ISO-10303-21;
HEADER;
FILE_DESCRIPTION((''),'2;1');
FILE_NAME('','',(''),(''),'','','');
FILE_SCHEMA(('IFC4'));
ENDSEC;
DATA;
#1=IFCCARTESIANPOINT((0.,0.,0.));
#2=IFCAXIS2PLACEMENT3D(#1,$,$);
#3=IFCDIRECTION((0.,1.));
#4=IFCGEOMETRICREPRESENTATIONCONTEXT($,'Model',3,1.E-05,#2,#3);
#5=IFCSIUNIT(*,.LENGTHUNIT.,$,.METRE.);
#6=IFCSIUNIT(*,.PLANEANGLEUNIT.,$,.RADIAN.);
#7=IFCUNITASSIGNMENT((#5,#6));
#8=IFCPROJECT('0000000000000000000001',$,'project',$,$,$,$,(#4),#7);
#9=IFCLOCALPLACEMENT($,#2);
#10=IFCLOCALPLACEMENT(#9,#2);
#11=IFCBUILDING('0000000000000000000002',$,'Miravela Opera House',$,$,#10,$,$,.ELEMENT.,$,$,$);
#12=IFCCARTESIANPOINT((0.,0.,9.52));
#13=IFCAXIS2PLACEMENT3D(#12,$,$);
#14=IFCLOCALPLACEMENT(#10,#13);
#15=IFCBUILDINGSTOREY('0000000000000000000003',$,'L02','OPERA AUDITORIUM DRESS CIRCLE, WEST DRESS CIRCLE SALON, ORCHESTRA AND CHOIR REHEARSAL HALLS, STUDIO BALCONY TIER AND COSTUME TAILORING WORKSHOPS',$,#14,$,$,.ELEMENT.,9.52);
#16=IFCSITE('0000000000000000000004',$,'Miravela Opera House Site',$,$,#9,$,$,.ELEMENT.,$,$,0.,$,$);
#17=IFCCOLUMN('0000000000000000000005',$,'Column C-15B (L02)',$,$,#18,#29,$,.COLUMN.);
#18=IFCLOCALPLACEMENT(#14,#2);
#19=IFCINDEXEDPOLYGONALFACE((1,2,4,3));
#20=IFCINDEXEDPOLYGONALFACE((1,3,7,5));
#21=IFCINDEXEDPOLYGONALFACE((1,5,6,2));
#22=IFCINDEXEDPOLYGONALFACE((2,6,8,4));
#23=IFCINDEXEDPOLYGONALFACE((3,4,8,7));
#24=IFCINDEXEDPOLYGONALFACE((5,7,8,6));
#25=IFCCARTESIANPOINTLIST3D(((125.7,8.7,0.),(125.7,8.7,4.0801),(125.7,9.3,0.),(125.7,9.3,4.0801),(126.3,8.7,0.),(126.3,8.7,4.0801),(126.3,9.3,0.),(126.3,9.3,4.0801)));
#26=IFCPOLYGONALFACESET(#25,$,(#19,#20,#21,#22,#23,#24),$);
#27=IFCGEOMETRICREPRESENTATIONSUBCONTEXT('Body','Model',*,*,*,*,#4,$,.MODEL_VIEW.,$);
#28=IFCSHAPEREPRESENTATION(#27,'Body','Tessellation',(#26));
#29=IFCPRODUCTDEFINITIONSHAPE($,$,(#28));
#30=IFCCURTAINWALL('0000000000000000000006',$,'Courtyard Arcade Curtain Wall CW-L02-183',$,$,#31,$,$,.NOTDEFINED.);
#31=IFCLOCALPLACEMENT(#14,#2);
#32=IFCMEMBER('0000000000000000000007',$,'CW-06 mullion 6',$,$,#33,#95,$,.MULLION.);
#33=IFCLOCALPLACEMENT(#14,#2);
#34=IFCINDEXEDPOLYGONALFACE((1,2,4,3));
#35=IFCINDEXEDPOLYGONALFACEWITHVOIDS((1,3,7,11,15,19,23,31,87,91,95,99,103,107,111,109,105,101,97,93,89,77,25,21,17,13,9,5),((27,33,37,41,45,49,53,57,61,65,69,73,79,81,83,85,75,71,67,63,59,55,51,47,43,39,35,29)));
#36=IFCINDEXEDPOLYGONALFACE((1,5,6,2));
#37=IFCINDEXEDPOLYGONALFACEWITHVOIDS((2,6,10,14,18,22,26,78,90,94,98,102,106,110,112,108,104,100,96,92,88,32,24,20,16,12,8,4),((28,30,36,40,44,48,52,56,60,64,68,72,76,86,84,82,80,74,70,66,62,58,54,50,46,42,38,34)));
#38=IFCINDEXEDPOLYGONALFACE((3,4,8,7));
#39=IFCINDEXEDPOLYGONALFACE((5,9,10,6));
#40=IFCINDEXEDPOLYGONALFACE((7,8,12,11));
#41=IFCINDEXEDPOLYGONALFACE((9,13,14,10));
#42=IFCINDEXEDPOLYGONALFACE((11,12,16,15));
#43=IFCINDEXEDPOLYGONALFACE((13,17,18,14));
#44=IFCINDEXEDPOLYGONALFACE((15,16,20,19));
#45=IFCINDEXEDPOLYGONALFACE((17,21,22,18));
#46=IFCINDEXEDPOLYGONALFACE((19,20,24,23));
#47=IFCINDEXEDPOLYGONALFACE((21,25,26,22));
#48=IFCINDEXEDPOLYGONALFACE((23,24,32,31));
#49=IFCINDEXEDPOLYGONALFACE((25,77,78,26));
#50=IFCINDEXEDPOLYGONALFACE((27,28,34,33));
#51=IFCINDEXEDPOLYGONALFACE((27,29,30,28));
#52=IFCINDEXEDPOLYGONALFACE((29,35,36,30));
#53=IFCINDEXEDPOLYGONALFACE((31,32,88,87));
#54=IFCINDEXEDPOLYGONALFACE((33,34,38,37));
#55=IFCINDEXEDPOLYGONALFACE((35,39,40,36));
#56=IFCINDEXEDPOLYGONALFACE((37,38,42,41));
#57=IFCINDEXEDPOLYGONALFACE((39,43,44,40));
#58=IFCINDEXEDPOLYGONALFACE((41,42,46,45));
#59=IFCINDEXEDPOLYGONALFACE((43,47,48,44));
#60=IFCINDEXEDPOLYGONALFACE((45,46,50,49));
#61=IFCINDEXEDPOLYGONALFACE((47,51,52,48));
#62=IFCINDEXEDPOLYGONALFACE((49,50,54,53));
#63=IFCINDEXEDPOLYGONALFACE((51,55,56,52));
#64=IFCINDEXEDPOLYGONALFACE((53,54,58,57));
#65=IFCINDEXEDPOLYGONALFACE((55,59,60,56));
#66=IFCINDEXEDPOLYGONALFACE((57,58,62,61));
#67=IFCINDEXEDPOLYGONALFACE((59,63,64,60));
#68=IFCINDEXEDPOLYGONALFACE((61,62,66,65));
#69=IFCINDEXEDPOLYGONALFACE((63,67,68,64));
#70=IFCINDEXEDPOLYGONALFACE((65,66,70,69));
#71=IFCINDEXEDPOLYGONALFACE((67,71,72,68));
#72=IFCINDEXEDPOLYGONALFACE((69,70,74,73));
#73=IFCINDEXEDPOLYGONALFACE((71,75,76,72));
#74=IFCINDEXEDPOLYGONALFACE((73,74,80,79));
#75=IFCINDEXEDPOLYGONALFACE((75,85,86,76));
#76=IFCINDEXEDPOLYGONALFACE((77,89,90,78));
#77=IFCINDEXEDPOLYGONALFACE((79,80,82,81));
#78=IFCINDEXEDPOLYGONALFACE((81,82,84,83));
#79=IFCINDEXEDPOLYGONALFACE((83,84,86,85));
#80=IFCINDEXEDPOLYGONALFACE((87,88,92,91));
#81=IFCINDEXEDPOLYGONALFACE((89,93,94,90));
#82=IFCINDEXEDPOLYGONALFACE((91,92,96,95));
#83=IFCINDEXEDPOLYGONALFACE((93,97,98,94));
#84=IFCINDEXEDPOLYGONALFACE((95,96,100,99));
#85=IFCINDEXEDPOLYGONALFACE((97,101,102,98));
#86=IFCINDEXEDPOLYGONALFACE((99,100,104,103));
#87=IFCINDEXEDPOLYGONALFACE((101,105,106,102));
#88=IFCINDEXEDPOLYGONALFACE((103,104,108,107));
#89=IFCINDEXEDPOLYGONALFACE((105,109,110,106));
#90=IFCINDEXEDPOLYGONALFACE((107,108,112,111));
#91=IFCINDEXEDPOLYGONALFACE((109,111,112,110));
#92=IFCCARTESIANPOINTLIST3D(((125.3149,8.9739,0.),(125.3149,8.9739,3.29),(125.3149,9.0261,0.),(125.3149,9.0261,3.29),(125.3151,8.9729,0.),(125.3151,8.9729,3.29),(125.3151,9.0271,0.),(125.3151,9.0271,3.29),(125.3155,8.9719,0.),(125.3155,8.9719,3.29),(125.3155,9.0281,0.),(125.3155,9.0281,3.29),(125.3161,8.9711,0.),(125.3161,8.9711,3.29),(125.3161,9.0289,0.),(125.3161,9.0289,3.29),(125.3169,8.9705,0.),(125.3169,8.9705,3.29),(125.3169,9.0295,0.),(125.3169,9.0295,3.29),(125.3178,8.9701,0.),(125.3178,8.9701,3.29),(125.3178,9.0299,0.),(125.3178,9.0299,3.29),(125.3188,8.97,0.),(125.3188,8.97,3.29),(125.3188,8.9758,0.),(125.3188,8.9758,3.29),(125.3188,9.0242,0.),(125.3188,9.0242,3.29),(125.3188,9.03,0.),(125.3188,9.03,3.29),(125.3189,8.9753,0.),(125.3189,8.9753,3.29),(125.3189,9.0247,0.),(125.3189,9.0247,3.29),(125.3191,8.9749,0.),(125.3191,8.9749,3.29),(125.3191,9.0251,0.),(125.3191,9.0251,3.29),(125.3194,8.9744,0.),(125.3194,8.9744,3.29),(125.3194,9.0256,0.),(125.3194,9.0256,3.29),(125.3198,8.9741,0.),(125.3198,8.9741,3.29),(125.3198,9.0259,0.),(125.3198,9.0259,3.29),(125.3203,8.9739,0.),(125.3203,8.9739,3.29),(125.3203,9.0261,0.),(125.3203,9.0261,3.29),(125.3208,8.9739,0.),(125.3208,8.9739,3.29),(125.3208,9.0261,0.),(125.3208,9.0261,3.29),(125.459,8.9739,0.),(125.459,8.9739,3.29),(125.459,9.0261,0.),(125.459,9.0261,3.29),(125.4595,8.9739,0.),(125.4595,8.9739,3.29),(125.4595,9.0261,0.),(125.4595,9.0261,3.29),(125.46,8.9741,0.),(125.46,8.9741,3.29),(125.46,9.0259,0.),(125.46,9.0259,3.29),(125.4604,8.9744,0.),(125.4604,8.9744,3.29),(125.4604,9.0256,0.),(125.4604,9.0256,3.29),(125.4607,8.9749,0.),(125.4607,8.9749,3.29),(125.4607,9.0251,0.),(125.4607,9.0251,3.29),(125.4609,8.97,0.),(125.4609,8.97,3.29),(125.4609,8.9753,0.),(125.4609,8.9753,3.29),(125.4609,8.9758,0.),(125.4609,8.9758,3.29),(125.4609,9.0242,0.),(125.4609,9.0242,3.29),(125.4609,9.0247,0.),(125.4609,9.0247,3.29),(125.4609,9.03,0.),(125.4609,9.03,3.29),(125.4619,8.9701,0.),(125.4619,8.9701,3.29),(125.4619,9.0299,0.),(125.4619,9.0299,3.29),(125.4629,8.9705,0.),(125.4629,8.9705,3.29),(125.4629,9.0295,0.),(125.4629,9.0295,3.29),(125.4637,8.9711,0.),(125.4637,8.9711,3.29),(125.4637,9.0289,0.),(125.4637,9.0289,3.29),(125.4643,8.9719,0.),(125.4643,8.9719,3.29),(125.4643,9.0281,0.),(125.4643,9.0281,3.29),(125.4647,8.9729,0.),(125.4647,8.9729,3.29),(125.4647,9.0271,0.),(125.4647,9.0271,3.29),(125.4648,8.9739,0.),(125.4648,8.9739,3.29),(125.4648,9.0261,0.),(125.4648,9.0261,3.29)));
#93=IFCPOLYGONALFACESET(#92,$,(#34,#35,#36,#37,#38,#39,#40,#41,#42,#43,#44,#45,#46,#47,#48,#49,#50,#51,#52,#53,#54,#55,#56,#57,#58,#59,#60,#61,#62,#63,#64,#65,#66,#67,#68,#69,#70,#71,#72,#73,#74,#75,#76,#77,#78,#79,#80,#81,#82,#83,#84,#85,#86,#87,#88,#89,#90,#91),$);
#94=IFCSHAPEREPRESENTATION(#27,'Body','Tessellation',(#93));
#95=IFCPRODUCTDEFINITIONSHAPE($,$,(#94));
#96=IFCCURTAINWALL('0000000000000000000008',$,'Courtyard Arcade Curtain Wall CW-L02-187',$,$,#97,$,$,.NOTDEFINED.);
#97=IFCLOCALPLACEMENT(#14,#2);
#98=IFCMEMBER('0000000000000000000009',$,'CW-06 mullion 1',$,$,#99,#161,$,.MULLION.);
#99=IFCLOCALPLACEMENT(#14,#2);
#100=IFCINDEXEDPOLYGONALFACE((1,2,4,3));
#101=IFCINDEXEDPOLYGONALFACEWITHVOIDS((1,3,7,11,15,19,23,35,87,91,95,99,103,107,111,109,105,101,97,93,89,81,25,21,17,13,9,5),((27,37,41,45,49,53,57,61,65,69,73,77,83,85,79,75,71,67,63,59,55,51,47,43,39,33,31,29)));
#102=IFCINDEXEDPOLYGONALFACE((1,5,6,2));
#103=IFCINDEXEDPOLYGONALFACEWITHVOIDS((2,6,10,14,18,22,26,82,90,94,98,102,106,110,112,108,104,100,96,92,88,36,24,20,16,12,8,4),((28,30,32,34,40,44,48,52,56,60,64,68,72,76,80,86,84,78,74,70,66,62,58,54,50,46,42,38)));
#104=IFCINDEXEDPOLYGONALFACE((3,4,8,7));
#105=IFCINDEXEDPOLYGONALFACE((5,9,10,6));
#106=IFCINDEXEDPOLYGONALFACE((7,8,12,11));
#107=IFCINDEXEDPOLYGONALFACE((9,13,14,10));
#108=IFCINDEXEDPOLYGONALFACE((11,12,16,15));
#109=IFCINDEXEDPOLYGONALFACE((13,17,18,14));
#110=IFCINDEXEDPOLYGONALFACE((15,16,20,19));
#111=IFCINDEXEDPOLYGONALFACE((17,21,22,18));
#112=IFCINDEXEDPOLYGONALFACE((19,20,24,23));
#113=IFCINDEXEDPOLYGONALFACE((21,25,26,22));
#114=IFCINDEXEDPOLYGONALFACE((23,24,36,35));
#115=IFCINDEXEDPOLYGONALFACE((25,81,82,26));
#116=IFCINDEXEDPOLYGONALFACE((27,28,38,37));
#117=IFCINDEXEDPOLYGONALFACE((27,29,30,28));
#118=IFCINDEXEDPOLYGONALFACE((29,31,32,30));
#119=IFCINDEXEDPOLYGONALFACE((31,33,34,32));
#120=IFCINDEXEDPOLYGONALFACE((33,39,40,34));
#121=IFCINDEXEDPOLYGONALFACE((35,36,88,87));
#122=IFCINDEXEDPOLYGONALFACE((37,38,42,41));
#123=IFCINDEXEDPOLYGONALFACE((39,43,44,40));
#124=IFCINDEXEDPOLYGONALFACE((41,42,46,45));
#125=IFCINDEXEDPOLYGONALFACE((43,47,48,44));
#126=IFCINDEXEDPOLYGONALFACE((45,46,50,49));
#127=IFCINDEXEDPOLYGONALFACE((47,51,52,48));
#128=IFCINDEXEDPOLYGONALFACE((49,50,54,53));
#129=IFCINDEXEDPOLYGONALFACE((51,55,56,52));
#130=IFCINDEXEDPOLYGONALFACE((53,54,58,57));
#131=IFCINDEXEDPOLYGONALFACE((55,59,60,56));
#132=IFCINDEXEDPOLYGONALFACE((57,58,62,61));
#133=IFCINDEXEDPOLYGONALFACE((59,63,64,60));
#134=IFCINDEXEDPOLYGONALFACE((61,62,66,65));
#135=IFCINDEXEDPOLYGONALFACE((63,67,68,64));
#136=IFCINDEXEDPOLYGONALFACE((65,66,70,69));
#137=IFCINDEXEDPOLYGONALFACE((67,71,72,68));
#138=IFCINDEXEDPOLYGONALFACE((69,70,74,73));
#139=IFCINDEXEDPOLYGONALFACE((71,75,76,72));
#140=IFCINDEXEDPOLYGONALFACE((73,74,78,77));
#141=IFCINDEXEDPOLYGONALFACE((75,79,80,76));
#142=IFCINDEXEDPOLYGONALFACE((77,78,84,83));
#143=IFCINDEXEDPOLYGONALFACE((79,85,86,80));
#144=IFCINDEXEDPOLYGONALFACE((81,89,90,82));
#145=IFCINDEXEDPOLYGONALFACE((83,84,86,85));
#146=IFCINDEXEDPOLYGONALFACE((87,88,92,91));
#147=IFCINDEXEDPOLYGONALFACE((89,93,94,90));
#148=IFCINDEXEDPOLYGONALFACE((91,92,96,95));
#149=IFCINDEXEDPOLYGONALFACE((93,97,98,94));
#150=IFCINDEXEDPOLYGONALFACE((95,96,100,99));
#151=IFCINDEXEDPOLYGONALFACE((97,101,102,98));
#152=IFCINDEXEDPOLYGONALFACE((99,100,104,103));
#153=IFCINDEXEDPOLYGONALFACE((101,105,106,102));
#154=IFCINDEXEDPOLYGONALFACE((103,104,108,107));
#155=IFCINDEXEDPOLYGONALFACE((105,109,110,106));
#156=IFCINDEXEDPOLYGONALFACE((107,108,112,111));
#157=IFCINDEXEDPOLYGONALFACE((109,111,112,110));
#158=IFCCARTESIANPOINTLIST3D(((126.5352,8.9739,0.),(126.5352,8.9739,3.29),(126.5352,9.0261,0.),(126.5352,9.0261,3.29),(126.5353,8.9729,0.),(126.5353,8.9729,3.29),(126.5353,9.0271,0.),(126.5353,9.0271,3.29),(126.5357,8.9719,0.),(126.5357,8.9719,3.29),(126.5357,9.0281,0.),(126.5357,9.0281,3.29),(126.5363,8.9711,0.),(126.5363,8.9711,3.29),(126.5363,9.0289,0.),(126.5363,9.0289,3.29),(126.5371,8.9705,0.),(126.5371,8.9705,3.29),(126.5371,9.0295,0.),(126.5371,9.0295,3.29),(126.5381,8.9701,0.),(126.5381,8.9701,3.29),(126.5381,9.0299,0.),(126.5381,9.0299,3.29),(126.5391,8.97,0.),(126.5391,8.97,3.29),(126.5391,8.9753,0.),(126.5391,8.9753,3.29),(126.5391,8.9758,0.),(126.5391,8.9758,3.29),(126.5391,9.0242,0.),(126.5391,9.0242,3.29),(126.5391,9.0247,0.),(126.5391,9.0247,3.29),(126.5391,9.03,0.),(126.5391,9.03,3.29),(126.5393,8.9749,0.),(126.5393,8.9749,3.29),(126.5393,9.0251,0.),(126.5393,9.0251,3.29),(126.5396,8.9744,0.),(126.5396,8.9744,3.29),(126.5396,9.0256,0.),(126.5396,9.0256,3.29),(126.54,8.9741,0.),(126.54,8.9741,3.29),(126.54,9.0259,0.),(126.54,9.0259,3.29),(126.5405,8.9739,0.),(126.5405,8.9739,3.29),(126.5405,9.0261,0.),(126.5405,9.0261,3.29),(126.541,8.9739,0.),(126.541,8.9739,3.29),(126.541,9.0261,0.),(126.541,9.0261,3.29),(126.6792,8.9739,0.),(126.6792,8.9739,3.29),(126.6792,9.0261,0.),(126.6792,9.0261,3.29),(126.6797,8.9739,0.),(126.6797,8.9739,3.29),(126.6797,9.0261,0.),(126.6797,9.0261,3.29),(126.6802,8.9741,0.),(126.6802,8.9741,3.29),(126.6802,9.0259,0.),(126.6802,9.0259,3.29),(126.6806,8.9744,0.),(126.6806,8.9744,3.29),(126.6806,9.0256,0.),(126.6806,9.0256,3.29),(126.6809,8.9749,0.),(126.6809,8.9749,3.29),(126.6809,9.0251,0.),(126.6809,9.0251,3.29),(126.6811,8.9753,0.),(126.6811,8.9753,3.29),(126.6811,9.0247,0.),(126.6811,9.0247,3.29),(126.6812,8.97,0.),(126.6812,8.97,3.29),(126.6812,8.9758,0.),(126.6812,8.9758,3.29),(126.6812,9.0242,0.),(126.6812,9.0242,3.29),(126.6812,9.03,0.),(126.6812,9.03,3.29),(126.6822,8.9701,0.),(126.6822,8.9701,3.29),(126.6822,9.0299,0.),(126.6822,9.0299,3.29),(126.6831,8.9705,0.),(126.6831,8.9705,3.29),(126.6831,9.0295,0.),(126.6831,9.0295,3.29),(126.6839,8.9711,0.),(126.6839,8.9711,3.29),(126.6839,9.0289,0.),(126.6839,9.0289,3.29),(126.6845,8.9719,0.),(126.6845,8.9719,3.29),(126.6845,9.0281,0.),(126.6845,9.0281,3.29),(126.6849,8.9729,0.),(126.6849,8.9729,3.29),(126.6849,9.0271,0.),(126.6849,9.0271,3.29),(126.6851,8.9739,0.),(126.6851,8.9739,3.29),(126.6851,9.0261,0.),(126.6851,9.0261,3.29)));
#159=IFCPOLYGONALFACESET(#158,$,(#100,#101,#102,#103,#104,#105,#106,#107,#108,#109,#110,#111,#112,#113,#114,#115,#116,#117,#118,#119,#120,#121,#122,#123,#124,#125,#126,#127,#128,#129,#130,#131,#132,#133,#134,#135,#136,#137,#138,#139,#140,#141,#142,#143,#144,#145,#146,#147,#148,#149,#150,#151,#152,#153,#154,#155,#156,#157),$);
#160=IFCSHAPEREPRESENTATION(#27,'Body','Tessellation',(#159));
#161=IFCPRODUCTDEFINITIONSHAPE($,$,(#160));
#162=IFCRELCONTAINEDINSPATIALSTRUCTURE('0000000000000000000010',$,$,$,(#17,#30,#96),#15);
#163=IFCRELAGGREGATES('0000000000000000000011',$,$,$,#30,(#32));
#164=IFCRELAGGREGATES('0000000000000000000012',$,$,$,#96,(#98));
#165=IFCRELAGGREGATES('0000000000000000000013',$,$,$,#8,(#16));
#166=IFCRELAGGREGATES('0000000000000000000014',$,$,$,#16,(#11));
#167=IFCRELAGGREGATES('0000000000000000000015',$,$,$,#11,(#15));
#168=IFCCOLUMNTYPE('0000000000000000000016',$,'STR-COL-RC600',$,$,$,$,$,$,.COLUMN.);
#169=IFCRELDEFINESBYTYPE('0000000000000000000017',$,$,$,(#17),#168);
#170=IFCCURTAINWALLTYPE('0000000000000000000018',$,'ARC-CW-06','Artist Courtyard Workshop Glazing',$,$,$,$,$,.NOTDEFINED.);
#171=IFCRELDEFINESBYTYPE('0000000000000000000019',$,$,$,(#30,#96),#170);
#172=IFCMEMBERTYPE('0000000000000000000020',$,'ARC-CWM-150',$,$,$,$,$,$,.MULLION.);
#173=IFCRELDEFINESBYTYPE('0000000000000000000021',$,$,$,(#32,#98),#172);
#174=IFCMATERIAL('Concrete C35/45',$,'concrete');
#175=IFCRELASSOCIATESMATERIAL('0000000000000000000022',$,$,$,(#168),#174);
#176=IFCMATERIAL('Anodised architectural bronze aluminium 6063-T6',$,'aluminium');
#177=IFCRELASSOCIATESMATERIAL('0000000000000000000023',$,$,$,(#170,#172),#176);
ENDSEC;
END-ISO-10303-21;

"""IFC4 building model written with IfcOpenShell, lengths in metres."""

from ifc_helpers import new_model, si_unit, direction, frame, origin, origin_2d, place, context, subcontext, project, spatial, rectangle, hollow_rectangle, extrude, material, material_profile, profile_set, type_object, element, aggregate, save


model = new_model("IFC4")

# Units and contexts
model_context = context("Model", 3, precision=1e-05, world=origin(), true_north=direction((0.0, 1.0)))
body_context = subcontext(model_context, "Body", "Model", "MODEL_VIEW")
ifc_project = project(units=[si_unit("LENGTHUNIT", "METRE"), si_unit("PLANEANGLEUNIT", "RADIAN")], contexts=[model_context])

# Site, building, storey
site_placement = place(None, origin())
site = spatial("IfcSite", under=ifc_project, at=site_placement, Name="Miravela Opera House Site", CompositionType="ELEMENT", RefElevation=0.0)
building_placement = place(site_placement, origin())
building = spatial("IfcBuilding", under=site, at=building_placement, Name="Miravela Opera House", CompositionType="ELEMENT")
storey_placement = place(building_placement, frame((0.0, 0.0, 9.52)))
storey = spatial("IfcBuildingStorey", under=building, at=storey_placement, Name="L02", Description="OPERA AUDITORIUM DRESS CIRCLE, WEST DRESS CIRCLE SALON, ORCHESTRA AND CHOIR REHEARSAL HALLS, STUDIO BALCONY TIER AND COSTUME TAILORING WORKSHOPS", CompositionType="ELEMENT", Elevation=9.52)

# Column
ifc_material_1 = material(Name="Concrete C35/45", Category="concrete")
ifc_material_profile_1 = material_profile(ifc_material_1, rectangle(XDim=0.6001, YDim=0.6001, at=origin_2d()), Name="RC-COL-600X600")
ifc_profile_set_1 = profile_set([ifc_material_profile_1])
column_type = type_object("IfcColumnType", Name="STR-COL-RC600", PredefinedType="COLUMN", material=ifc_profile_set_1)
column_placement = place(storey_placement, frame((126.0, 9.0, 0.0), z_axis=(0.0, 0.0, 1.0), x_axis=(1.0, 0.0, 0.0)))
element("IfcColumn", 1, at=column_placement, inside=storey, type_object=column_type, Name="Column C-15B (L02)", PredefinedType="COLUMN", context=body_context, shape_type="SweptSolid", body=[
    extrude(rectangle(XDim=0.6001, YDim=0.6001, at=origin_2d()), origin(), (0.0, 0.0, 1.0), 4.0801),
])

# Curtain wall, member
ifc_material_2 = material(Name="Anodised architectural bronze aluminium 6063-T6", Category="aluminium")
curtain_wall_type = type_object("IfcCurtainWallType", Name="ARC-CW-06", Description="Artist Courtyard Workshop Glazing", PredefinedType="NOTDEFINED", material=ifc_material_2)
curtain_wall_1_placement = place(storey_placement, origin())
curtain_wall_1 = element("IfcCurtainWall", 2, at=curtain_wall_1_placement, inside=storey, type_object=curtain_wall_type, Name="Courtyard Arcade Curtain Wall CW-L02-183", PredefinedType="NOTDEFINED")
ifc_material_profile_2 = material_profile(ifc_material_2, hollow_rectangle(XDim=0.0601, YDim=0.1499, WallThickness=0.0039, InnerFilletRadius=0.002, OuterFilletRadius=0.0039, at=origin_2d()), Name="CWM-60X150")
ifc_profile_set_2 = profile_set([ifc_material_profile_2])
member_type_1 = type_object("IfcMemberType", Name="ARC-CWM-150", PredefinedType="MULLION", material=ifc_profile_set_2)
member_1_placement = place(storey_placement, frame((125.3899, 9.0, 0.0), z_axis=(0.0, 0.0, 1.0), x_axis=(0.0, 1.0, 0.0)))
member_1 = element("IfcMember", 3, at=member_1_placement, type_object=member_type_1, Name="CW-06 mullion 6", PredefinedType="MULLION", context=body_context, shape_type="SweptSolid", body=[
    extrude(hollow_rectangle(XDim=0.0601, YDim=0.1499, WallThickness=0.0039, InnerFilletRadius=0.002, OuterFilletRadius=0.0039, at=origin_2d()), origin(), (0.0, 0.0, 1.0), 3.29),
])

# Curtain wall, member
curtain_wall_2_placement = place(storey_placement, origin())
curtain_wall_2 = element("IfcCurtainWall", 4, at=curtain_wall_2_placement, inside=storey, type_object=curtain_wall_type, Name="Courtyard Arcade Curtain Wall CW-L02-187", PredefinedType="NOTDEFINED")
member_2_placement = place(storey_placement, frame((126.6101, 9.0, 0.0), z_axis=(0.0, 0.0, 1.0), x_axis=(0.0, 1.0, 0.0)))
member_2 = element("IfcMember", 5, at=member_2_placement, type_object=member_type_1, Name="CW-06 mullion 1", PredefinedType="MULLION", context=body_context, shape_type="SweptSolid", body=[
    extrude(hollow_rectangle(XDim=0.0601, YDim=0.1499, WallThickness=0.0039, InnerFilletRadius=0.002, OuterFilletRadius=0.0039, at=origin_2d()), origin(), (0.0, 0.0, 1.0), 3.29),
])

aggregate(curtain_wall_1, [member_1])
aggregate(curtain_wall_2, [member_2])

save(model, "model.ifc")
